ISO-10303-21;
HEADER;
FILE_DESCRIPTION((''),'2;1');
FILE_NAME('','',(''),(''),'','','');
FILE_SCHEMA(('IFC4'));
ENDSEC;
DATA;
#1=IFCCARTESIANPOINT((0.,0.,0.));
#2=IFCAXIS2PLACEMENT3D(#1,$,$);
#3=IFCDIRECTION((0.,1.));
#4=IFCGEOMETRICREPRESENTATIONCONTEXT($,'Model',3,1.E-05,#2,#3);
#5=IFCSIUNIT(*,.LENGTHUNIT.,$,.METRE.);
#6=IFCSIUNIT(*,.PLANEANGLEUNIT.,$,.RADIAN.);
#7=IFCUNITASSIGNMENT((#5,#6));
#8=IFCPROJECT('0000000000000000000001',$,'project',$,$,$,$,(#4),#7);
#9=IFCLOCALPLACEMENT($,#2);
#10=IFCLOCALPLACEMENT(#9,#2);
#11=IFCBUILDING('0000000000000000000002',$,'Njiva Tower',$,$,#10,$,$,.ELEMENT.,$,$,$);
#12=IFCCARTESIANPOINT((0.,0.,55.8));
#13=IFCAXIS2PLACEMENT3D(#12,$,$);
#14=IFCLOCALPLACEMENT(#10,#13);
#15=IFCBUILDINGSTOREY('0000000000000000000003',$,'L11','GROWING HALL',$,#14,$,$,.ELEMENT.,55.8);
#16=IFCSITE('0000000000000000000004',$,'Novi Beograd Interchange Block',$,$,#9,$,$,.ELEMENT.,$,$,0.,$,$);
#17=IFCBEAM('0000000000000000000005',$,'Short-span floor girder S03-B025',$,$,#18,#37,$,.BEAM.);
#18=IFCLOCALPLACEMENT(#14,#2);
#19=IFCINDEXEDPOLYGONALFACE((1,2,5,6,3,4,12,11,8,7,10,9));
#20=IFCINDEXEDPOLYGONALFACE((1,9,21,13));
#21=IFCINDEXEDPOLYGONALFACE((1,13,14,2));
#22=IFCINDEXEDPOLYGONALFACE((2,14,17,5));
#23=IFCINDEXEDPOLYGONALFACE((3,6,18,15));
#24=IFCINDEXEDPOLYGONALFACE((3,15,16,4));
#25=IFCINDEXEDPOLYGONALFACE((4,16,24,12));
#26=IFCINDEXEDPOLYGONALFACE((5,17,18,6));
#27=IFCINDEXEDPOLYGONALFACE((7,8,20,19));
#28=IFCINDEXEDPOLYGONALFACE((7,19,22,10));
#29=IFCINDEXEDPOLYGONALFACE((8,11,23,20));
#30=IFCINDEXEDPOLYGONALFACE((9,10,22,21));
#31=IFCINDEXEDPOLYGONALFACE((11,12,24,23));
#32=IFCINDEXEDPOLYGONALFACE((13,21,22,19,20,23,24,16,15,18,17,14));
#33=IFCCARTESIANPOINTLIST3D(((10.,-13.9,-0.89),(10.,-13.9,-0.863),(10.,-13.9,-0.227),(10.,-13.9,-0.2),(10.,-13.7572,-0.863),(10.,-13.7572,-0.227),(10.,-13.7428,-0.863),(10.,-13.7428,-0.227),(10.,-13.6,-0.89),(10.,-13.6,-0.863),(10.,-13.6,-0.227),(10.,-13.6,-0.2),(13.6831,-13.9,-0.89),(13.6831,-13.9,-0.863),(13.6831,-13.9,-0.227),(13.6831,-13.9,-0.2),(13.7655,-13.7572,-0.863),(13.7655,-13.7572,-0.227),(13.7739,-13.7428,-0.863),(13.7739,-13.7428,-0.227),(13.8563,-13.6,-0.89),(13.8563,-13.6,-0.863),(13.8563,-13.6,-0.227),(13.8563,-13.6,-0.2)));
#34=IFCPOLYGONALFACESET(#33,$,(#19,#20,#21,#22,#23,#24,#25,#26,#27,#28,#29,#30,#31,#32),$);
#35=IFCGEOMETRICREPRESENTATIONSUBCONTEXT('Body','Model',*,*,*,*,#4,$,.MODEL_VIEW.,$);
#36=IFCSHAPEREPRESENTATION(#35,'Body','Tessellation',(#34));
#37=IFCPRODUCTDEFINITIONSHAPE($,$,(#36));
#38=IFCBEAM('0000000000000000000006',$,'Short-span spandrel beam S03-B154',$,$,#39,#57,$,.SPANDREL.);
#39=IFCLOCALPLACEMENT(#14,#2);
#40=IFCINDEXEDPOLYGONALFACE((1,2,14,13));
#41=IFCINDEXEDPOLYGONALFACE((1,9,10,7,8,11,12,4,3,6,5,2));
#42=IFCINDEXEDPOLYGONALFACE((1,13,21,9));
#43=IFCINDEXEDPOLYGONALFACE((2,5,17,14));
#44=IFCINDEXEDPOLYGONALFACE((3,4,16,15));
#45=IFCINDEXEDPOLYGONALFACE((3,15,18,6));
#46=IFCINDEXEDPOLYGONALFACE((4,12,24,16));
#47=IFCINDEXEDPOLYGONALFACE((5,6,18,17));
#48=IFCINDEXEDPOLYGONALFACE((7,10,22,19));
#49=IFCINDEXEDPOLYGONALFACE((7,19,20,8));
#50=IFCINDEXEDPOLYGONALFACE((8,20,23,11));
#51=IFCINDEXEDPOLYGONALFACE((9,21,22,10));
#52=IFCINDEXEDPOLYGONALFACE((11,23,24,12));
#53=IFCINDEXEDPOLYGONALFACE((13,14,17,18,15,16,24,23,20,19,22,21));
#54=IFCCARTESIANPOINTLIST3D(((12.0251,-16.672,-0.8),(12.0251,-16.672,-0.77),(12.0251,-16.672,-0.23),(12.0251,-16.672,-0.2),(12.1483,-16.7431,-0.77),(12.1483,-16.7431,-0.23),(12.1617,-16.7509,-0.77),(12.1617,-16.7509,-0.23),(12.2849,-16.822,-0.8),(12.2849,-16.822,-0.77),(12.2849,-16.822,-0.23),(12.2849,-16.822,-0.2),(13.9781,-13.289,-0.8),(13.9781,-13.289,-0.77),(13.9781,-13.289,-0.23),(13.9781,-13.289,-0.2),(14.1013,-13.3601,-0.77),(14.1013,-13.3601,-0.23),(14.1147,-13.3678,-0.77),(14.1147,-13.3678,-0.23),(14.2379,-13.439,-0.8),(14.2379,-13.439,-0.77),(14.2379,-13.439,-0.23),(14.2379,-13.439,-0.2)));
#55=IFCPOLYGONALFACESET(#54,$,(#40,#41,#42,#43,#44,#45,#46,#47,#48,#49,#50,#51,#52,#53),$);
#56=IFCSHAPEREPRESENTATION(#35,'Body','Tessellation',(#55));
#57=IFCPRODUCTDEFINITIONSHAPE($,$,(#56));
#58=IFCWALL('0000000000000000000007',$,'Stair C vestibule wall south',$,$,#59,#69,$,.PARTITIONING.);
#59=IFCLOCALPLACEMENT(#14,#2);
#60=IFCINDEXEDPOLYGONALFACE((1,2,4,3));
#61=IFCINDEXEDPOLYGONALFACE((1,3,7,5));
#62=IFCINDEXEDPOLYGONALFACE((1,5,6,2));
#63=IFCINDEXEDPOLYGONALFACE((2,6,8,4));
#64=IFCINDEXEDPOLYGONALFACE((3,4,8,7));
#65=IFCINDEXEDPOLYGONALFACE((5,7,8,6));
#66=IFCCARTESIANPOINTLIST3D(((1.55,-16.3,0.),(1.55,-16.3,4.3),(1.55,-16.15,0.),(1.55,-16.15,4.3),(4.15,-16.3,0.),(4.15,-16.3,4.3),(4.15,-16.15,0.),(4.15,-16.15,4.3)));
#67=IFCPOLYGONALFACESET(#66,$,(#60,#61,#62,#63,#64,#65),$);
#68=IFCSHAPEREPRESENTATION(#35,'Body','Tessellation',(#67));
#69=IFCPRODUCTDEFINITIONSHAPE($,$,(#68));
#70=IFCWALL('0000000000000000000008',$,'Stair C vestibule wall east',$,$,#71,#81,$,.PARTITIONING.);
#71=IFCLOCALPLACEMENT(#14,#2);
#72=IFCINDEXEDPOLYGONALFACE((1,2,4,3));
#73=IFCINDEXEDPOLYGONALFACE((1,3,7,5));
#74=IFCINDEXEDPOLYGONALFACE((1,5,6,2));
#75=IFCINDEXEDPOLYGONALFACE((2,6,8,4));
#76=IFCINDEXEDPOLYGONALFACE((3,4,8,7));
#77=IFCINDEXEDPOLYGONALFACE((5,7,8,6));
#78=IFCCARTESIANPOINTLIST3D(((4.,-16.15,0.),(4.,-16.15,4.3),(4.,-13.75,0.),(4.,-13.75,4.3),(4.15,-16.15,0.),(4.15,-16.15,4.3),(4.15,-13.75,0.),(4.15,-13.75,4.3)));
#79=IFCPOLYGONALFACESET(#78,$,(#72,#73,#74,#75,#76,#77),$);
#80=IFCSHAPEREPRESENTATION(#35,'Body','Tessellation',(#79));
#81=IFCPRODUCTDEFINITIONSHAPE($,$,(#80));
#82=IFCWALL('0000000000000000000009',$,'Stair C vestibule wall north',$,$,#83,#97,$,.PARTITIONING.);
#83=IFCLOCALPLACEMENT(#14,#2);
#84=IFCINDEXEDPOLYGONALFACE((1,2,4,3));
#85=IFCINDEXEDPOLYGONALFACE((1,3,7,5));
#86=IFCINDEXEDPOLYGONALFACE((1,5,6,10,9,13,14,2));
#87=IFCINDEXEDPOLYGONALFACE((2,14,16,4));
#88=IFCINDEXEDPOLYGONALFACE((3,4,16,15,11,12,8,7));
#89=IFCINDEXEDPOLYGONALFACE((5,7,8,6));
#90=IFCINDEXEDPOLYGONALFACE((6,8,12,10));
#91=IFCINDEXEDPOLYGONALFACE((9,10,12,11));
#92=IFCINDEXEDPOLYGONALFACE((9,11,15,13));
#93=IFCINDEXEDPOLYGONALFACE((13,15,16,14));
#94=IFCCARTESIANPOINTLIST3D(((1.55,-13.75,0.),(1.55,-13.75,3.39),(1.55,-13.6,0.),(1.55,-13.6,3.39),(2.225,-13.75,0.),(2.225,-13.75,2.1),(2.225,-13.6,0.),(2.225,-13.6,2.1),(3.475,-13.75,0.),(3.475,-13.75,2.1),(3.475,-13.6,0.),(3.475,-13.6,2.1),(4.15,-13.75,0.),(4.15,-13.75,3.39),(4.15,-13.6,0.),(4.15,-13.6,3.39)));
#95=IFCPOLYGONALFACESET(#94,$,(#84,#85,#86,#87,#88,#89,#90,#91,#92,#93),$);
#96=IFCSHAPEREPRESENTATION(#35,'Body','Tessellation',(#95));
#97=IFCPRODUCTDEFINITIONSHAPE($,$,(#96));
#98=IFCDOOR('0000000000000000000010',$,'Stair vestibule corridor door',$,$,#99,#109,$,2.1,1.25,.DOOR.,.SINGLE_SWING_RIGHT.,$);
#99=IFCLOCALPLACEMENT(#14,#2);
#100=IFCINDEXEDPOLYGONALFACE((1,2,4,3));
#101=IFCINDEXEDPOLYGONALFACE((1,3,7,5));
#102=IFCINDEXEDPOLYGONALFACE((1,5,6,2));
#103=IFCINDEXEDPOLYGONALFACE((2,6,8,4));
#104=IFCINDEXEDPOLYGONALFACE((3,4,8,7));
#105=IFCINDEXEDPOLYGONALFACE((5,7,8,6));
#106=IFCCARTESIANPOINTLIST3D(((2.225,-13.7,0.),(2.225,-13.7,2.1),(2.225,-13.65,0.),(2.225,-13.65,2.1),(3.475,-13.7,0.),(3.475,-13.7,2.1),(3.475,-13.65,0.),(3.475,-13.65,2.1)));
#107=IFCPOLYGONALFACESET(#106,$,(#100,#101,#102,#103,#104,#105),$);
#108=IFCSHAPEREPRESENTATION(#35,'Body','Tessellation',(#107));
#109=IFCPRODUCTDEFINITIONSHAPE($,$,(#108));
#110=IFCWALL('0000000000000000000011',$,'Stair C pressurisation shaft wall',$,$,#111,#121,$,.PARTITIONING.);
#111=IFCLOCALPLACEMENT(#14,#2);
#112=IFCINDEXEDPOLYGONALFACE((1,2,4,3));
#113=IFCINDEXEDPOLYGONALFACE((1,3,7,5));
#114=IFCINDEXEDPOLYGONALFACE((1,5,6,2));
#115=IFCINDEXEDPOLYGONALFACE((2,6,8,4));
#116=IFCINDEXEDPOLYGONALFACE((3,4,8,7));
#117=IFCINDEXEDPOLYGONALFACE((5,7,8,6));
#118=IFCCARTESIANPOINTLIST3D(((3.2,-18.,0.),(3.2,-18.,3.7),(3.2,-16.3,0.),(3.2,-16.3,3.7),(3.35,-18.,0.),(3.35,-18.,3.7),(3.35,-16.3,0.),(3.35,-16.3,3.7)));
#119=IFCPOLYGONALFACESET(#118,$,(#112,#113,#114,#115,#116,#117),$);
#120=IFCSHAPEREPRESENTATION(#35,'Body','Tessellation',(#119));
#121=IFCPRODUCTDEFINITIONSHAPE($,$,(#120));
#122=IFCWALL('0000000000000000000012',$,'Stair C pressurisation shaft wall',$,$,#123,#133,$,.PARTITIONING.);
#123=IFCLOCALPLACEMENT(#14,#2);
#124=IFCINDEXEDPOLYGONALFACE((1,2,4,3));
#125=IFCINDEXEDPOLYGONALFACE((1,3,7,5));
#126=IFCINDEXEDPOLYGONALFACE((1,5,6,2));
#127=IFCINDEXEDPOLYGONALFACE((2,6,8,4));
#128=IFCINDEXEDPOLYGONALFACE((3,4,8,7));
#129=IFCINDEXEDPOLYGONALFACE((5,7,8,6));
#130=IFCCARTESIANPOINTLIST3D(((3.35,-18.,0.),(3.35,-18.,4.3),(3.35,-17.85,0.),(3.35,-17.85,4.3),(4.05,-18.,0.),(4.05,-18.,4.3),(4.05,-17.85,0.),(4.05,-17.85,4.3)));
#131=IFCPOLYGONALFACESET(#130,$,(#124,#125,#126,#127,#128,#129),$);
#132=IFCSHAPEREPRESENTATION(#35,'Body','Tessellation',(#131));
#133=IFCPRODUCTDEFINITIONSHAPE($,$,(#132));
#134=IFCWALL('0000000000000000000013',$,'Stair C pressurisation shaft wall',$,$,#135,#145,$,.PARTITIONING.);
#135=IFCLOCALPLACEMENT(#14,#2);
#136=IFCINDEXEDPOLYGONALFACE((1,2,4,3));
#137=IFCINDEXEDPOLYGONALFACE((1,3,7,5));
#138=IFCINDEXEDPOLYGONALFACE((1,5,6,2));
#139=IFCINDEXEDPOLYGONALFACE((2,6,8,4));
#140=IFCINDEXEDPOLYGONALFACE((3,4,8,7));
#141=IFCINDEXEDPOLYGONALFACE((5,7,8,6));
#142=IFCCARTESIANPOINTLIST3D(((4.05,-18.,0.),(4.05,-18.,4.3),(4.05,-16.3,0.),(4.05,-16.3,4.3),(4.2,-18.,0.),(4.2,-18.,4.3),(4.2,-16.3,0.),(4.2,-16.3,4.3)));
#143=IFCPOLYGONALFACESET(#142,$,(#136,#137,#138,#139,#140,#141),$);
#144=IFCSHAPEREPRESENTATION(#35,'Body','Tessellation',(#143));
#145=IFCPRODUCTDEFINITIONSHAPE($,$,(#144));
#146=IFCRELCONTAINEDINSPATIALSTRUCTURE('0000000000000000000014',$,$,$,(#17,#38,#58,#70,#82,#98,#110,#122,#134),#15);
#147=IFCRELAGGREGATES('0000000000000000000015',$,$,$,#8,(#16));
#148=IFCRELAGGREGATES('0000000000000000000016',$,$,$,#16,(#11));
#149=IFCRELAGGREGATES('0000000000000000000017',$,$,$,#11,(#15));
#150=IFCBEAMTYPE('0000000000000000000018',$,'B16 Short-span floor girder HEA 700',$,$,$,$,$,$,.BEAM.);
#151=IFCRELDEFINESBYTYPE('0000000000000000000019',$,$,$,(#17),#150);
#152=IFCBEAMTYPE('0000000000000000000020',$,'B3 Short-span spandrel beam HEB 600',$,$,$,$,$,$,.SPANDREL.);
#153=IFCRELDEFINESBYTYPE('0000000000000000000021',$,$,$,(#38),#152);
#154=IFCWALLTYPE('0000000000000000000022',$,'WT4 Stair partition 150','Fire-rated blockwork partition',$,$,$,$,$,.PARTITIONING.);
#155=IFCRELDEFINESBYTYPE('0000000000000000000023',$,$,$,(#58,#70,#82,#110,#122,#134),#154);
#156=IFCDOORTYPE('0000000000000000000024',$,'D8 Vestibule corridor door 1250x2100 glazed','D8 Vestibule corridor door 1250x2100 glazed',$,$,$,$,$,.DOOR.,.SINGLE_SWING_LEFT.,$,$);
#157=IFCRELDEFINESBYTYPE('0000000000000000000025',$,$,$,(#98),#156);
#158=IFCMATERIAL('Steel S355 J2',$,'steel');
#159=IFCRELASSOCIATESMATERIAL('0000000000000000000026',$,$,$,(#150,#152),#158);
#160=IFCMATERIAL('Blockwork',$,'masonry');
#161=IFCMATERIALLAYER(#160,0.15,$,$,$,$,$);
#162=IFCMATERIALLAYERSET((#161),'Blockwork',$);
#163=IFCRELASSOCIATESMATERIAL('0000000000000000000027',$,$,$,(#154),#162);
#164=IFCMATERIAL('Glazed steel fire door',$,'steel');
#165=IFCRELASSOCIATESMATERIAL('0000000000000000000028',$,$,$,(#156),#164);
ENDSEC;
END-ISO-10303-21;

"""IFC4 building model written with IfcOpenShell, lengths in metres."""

from ifc_helpers import new_model, si_unit, direction, frame, frame_2d, origin, origin_2d, place, context, subcontext, project, spatial, rectangle, i_section, extrude, clip, halfspace, material, layer, layer_set, material_profile, profile_set, type_object, element, fill, save


model = new_model("IFC4")

# Units and contexts
model_context = context("Model", 3, precision=1e-05, world=origin(), true_north=direction((0.0, 1.0)))
body_context = subcontext(model_context, "Body", "Model", "MODEL_VIEW")
ifc_project = project(units=[si_unit("LENGTHUNIT", "METRE"), si_unit("PLANEANGLEUNIT", "RADIAN")], contexts=[model_context])

# Site, building, storey
site_placement = place(None, origin())
site = spatial("IfcSite", under=ifc_project, at=site_placement, Name="Novi Beograd Interchange Block", CompositionType="ELEMENT", RefElevation=0.0)
building_placement = place(site_placement, origin())
building = spatial("IfcBuilding", under=site, at=building_placement, Name="Njiva Tower", CompositionType="ELEMENT")
storey_placement = place(building_placement, frame((0.0, 0.0, 55.8)))
storey = spatial("IfcBuildingStorey", under=building, at=storey_placement, Name="L11", Description="GROWING HALL", CompositionType="ELEMENT", Elevation=55.8)

# Shared definitions
ifc_material_1 = material(Name="Steel S355 J2", Category="steel")

# Beams
ifc_material_profile_1 = material_profile(ifc_material_1, i_section(OverallWidth=0.3, OverallDepth=0.69, WebThickness=0.0145, FlangeThickness=0.027, at=origin_2d()), Name="HEA 700")
ifc_profile_set_1 = profile_set([ifc_material_profile_1], Name="Steel S355 J2")
beam_type_1 = type_object("IfcBeamType", Name="B16 Short-span floor girder HEA 700", PredefinedType="BEAM", material=ifc_profile_set_1)
beam_1_placement = place(storey_placement, frame((10.0, -13.75, -0.545), z_axis=(1.0, 0.0, 0.0), x_axis=(0.0, 1.0, 0.0)))
element("IfcBeam", 1, at=beam_1_placement, inside=storey, type_object=beam_type_1, Name="Short-span floor girder S03-B025", PredefinedType="BEAM", context=body_context, shape_type="Clipping", body=[
    clip(extrude(i_section(OverallWidth=0.3, OverallDepth=0.69, WebThickness=0.0145, FlangeThickness=0.027, at=origin_2d()), origin(), (0.0, 0.0, 1.0), 3.877), halfspace(frame((-0.025, 0.0, 3.7553), z_axis=(-0.499998, 0.0, 0.866027), x_axis=(0.0, 1.0, 0.0)), False)),
])
ifc_material_profile_2 = material_profile(ifc_material_1, i_section(OverallWidth=0.3, OverallDepth=0.6, WebThickness=0.0155, FlangeThickness=0.03, at=origin_2d()), Name="HEB 600")
ifc_profile_set_2 = profile_set([ifc_material_profile_2], Name="Steel S355 J2")
beam_type_2 = type_object("IfcBeamType", Name="B3 Short-span spandrel beam HEB 600", PredefinedType="SPANDREL", material=ifc_profile_set_2)
beam_2_placement = place(storey_placement, frame((12.155, -16.747, -0.5), z_axis=(0.499966, 0.866045, 0.0), x_axis=(-0.866045, 0.499966, 0.0)))
element("IfcBeam", 2, at=beam_2_placement, inside=storey, type_object=beam_type_2, Name="Short-span spandrel beam S03-B154", PredefinedType="SPANDREL", context=body_context, shape_type="SweptSolid", body=[
    extrude(i_section(OverallWidth=0.3, OverallDepth=0.6, WebThickness=0.0155, FlangeThickness=0.03, at=origin_2d()), origin(), (0.0, 0.0, 1.0), 3.9063),
])

# Walls
ifc_material_2 = material(Name="Blockwork", Category="masonry")
ifc_layer = layer(ifc_material_2, 0.15)
ifc_layer_set = layer_set([ifc_layer], Name="Blockwork")
wall_type = type_object("IfcWallType", Name="WT4 Stair partition 150", Description="Fire-rated blockwork partition", PredefinedType="PARTITIONING", material=ifc_layer_set)
wall_1_placement = place(storey_placement, frame((1.55, -16.225, 0.0), z_axis=(0.0, 0.0, 1.0), x_axis=(1.0, 0.0, 0.0)))
element("IfcWall", 3, at=wall_1_placement, inside=storey, type_object=wall_type, Name="Stair C vestibule wall south", PredefinedType="PARTITIONING", context=body_context, shape_type="SweptSolid", body=[
    extrude(rectangle(XDim=2.6, YDim=0.15, at=frame_2d((1.3, 0.0))), origin(), (0.0, 0.0, 1.0), 4.3),
])
wall_2_placement = place(storey_placement, frame((4.075, -16.15, 0.0), z_axis=(0.0, 0.0, 1.0), x_axis=(0.0, 1.0, 0.0)))
element("IfcWall", 4, at=wall_2_placement, inside=storey, type_object=wall_type, Name="Stair C vestibule wall east", PredefinedType="PARTITIONING", context=body_context, shape_type="SweptSolid", body=[
    extrude(rectangle(XDim=2.4, YDim=0.15, at=frame_2d((1.2, 0.0))), origin(), (0.0, 0.0, 1.0), 4.3),
])

# Wall, opening, door
wall_3_placement = place(storey_placement, frame((1.55, -13.675, 0.0), z_axis=(0.0, 0.0, 1.0), x_axis=(1.0, 0.0, 0.0)))
wall_3 = element("IfcWall", 5, at=wall_3_placement, inside=storey, type_object=wall_type, Name="Stair C vestibule wall north", PredefinedType="PARTITIONING", context=body_context, shape_type="SweptSolid", body=[
    extrude(rectangle(XDim=2.6, YDim=0.15, at=frame_2d((1.3, 0.0))), origin(), (0.0, 0.0, 1.0), 3.39),
])
opening_placement = place(wall_3_placement, frame((0.675, 0.0, 0.0)))
opening = element("IfcOpeningElement", 6, at=opening_placement, cuts=wall_3, PredefinedType="OPENING", context=body_context, shape_type="SweptSolid", body=[
    extrude(rectangle(XDim=1.25, YDim=2.1, at=frame_2d((0.625, 1.05))), frame((0.0, 0.085, 0.0), z_axis=(0.0, -1.0, 0.0), x_axis=(1.0, 0.0, 0.0)), (0.0, 0.0, 1.0), 0.17),
])
ifc_material_3 = material(Name="Glazed steel fire door", Category="steel")
door_type = type_object("IfcDoorType", Name="D8 Vestibule corridor door 1250x2100 glazed", Description="D8 Vestibule corridor door 1250x2100 glazed", OperationType="SINGLE_SWING_LEFT", PredefinedType="DOOR", material=ifc_material_3)
door_placement = place(opening_placement, origin())
door = element("IfcDoor", 7, at=door_placement, inside=storey, type_object=door_type, Name="Stair vestibule corridor door", OperationType="SINGLE_SWING_RIGHT", OverallHeight=2.1, OverallWidth=1.25, PredefinedType="DOOR", context=body_context, shape_type="SweptSolid", body=[
    extrude(rectangle(XDim=1.25, YDim=2.1, at=frame_2d((0.625, 1.05))), frame((0.0, 0.025, 0.0), z_axis=(0.0, -1.0, 0.0), x_axis=(1.0, 0.0, 0.0)), (0.0, 0.0, 1.0), 0.05),
])
fill(opening, door)

# Walls
wall_4_placement = place(storey_placement, frame((3.275, -18.0, 0.0), z_axis=(0.0, 0.0, 1.0), x_axis=(0.0, 1.0, 0.0)))
element("IfcWall", 8, at=wall_4_placement, inside=storey, type_object=wall_type, Name="Stair C pressurisation shaft wall", PredefinedType="PARTITIONING", context=body_context, shape_type="SweptSolid", body=[
    extrude(rectangle(XDim=1.7, YDim=0.15, at=frame_2d((0.85, 0.0))), origin(), (0.0, 0.0, 1.0), 3.7),
])
wall_5_placement = place(storey_placement, frame((3.35, -17.925, 0.0), z_axis=(0.0, 0.0, 1.0), x_axis=(1.0, 0.0, 0.0)))
element("IfcWall", 9, at=wall_5_placement, inside=storey, type_object=wall_type, Name="Stair C pressurisation shaft wall", PredefinedType="PARTITIONING", context=body_context, shape_type="SweptSolid", body=[
    extrude(rectangle(XDim=0.7, YDim=0.15, at=frame_2d((0.35, 0.0))), origin(), (0.0, 0.0, 1.0), 4.3),
])
wall_6_placement = place(storey_placement, frame((4.125, -18.0, 0.0), z_axis=(0.0, 0.0, 1.0), x_axis=(0.0, 1.0, 0.0)))
element("IfcWall", 10, at=wall_6_placement, inside=storey, type_object=wall_type, Name="Stair C pressurisation shaft wall", PredefinedType="PARTITIONING", context=body_context, shape_type="SweptSolid", body=[
    extrude(rectangle(XDim=1.7, YDim=0.15, at=frame_2d((0.85, 0.0))), origin(), (0.0, 0.0, 1.0), 4.3),
])

save(model, "model.ifc")
